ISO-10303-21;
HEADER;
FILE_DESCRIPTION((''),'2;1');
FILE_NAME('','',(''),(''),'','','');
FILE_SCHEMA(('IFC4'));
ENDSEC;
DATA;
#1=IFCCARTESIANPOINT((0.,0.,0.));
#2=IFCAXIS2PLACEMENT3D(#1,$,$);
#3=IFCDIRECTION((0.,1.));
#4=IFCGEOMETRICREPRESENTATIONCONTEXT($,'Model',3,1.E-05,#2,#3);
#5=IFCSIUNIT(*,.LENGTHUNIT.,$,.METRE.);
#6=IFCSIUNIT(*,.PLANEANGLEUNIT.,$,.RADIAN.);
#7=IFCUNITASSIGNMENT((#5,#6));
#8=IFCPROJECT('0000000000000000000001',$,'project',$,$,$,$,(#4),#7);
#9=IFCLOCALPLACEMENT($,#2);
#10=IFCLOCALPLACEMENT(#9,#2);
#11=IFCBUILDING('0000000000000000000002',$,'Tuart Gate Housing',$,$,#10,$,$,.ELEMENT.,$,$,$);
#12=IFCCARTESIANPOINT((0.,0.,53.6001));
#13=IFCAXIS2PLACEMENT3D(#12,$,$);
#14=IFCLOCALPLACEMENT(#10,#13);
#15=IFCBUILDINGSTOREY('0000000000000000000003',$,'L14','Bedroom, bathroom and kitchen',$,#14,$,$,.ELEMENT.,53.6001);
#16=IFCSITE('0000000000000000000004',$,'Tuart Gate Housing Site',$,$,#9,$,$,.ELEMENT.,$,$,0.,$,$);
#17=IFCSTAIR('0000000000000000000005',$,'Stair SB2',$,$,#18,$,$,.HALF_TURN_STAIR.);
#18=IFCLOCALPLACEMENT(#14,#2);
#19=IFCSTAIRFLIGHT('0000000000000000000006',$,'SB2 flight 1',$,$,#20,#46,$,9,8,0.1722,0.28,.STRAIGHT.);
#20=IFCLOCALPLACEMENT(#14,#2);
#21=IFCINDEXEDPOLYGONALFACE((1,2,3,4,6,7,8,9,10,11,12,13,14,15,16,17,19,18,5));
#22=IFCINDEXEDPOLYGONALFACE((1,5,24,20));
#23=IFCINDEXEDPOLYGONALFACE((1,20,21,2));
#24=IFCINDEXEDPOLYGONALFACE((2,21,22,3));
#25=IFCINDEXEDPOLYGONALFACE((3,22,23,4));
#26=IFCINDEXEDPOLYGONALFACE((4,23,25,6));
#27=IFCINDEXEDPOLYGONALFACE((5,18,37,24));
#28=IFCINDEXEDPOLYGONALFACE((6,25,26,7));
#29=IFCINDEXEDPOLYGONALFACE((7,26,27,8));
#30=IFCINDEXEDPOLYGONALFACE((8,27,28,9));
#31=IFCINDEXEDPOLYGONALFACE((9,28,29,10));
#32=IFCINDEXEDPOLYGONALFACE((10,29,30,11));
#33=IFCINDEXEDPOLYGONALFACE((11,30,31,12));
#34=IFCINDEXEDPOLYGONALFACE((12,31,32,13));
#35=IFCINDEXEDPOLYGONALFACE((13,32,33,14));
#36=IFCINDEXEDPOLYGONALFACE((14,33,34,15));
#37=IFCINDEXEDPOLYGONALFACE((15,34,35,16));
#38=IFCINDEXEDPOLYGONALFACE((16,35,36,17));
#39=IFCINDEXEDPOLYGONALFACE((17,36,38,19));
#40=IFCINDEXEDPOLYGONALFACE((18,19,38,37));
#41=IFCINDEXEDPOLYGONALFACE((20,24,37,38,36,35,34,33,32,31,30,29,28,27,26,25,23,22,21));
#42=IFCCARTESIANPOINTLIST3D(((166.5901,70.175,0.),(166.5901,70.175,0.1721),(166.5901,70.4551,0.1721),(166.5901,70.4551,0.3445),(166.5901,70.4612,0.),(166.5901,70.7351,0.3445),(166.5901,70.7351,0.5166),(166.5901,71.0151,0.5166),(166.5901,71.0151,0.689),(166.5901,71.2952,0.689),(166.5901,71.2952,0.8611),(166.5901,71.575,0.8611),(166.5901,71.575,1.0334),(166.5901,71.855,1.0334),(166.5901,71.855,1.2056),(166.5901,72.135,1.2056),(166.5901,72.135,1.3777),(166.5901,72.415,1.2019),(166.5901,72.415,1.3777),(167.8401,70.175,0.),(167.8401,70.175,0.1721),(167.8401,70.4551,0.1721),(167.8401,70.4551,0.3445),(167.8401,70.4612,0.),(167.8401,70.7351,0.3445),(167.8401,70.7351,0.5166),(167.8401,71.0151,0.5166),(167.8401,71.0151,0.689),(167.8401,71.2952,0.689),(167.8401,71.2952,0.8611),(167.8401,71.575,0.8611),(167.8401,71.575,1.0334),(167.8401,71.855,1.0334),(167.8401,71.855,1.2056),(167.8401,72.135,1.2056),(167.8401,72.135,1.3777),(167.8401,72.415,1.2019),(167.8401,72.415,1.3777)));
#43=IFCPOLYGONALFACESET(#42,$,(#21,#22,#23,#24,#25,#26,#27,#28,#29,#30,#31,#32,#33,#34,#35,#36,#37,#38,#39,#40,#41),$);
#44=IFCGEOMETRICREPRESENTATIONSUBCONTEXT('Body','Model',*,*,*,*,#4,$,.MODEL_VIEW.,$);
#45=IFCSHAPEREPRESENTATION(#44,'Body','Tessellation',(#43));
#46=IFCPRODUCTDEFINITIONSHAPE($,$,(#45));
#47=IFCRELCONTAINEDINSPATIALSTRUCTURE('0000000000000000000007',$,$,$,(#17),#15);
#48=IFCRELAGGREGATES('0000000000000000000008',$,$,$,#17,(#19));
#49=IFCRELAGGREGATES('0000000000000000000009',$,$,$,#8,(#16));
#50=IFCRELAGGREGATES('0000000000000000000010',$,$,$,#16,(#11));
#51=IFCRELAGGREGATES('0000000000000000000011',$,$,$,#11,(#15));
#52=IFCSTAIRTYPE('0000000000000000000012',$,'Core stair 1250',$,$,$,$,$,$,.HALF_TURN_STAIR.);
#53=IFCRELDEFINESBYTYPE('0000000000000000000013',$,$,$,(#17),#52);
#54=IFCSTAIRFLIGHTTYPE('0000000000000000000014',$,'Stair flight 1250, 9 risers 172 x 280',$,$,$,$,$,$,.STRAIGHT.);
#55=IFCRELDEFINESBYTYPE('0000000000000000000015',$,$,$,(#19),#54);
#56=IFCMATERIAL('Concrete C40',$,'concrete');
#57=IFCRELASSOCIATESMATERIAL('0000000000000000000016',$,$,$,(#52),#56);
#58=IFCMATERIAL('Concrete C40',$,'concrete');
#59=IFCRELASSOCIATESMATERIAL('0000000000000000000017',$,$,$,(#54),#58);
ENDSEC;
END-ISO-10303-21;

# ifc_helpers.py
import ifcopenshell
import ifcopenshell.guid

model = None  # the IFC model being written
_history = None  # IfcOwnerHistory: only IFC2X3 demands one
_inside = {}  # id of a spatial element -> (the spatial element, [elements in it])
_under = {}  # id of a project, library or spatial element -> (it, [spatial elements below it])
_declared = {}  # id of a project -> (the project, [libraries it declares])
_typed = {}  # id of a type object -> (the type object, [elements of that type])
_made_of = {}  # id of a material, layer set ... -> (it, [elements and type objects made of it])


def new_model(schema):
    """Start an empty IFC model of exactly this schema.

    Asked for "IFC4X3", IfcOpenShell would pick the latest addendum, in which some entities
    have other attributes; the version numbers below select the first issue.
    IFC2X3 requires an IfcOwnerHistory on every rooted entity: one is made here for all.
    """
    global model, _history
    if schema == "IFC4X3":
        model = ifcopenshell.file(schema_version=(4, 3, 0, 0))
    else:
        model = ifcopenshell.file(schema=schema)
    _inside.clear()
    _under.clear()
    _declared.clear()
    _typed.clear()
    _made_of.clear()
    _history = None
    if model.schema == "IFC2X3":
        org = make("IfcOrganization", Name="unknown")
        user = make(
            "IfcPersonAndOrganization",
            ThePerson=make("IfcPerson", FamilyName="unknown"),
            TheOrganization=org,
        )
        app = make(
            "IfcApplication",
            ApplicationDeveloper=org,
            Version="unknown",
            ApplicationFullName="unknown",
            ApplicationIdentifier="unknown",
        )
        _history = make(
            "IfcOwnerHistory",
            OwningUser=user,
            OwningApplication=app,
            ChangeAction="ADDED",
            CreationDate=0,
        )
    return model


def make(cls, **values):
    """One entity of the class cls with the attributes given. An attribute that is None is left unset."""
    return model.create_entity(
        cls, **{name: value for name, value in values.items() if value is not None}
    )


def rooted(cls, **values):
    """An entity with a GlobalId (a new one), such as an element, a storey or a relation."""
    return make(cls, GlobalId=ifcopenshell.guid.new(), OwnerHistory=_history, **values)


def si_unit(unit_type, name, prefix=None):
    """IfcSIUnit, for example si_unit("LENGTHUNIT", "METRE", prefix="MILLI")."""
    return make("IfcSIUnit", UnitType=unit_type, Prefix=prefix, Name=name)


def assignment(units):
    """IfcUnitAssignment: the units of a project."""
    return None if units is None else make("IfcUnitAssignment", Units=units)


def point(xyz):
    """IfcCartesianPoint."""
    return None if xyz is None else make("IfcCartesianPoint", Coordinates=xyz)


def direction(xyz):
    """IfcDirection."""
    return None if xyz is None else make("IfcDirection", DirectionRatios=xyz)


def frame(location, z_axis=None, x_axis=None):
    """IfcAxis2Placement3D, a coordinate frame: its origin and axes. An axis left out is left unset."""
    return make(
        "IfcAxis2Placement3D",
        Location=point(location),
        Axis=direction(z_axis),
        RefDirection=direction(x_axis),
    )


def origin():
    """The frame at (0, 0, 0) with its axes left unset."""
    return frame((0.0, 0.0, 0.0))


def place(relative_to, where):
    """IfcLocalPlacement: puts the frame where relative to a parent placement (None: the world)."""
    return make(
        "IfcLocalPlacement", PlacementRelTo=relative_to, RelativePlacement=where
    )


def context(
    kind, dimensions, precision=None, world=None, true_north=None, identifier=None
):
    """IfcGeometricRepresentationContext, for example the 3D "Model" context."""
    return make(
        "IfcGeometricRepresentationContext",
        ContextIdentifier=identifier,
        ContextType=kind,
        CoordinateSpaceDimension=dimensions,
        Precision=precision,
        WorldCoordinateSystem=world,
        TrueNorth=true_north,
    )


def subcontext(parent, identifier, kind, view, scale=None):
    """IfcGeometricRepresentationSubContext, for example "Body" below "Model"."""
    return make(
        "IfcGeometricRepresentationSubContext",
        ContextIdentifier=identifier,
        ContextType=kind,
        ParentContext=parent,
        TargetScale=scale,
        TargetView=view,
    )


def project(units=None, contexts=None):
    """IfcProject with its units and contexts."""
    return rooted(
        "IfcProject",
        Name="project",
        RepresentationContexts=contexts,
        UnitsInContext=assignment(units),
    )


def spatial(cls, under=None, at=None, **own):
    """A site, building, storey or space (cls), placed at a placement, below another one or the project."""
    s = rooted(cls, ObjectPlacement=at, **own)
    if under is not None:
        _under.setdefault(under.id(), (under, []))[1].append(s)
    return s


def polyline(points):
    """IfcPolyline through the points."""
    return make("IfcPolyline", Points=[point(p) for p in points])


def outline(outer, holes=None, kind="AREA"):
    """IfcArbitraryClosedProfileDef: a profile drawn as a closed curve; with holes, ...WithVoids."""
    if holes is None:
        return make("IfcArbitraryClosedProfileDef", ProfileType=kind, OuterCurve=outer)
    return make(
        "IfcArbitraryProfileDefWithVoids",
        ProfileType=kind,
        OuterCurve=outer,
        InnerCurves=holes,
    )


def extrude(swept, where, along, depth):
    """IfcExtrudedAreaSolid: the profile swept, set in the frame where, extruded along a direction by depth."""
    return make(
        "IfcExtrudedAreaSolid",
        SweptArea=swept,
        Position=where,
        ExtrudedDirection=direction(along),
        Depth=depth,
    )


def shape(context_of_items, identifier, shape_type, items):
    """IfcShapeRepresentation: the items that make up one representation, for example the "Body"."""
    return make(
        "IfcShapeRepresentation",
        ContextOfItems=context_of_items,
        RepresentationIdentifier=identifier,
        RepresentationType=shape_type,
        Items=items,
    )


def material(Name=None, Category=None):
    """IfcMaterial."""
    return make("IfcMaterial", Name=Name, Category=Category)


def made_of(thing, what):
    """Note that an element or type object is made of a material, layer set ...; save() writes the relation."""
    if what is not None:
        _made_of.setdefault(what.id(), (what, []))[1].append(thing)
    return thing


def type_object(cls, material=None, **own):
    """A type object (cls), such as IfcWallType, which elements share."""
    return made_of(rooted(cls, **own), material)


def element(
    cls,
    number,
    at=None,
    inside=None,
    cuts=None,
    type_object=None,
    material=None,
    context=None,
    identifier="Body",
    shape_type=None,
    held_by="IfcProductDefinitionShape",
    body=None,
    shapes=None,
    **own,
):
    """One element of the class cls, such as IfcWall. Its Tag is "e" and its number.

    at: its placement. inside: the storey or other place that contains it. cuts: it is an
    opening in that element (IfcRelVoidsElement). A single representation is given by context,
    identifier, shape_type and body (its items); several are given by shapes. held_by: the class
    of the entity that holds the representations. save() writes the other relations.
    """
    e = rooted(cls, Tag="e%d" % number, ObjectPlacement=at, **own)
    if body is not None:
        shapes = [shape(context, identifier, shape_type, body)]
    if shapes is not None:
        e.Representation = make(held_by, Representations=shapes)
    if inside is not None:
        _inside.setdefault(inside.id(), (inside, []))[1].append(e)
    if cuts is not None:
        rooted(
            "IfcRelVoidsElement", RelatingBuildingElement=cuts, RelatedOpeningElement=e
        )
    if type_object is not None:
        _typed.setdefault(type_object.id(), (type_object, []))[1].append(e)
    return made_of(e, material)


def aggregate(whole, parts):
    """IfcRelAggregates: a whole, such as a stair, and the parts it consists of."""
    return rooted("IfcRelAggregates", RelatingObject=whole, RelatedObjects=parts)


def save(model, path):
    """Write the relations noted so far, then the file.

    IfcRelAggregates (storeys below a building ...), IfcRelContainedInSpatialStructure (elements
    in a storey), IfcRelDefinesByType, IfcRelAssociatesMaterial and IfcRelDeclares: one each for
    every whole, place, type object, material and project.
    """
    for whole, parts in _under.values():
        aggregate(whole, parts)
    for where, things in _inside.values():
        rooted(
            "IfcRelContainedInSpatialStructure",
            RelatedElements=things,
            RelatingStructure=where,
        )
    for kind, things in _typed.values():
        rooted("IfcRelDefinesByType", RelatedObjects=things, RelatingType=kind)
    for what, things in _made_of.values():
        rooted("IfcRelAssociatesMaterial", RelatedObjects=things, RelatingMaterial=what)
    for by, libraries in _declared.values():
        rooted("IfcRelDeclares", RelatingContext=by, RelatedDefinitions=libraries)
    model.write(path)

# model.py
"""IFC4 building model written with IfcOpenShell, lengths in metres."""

from ifc_helpers import new_model, si_unit, direction, frame, origin, place, context, subcontext, project, spatial, polyline, outline, extrude, material, type_object, element, aggregate, save


model = new_model("IFC4")

# Units and contexts
model_context = context("Model", 3, precision=1e-05, world=origin(), true_north=direction((0.0, 1.0)))
body_context = subcontext(model_context, "Body", "Model", "MODEL_VIEW")
ifc_project = project(units=[si_unit("LENGTHUNIT", "METRE"), si_unit("PLANEANGLEUNIT", "RADIAN")], contexts=[model_context])

# Site, building, storey
site_placement = place(None, origin())
site = spatial("IfcSite", under=ifc_project, at=site_placement, Name="Tuart Gate Housing Site", CompositionType="ELEMENT", RefElevation=0.0)
building_placement = place(site_placement, origin())
building = spatial("IfcBuilding", under=site, at=building_placement, Name="Tuart Gate Housing", CompositionType="ELEMENT")
storey_placement = place(building_placement, frame((0.0, 0.0, 53.6001)))
storey = spatial("IfcBuildingStorey", under=building, at=storey_placement, Name="L14", Description="Bedroom, bathroom and kitchen", CompositionType="ELEMENT", Elevation=53.6001)

# Stair, stair flight
ifc_material_1 = material(Name="Concrete C40", Category="concrete")
stair_type = type_object("IfcStairType", Name="Core stair 1250", PredefinedType="HALF_TURN_STAIR", material=ifc_material_1)
stair_placement = place(storey_placement, origin())
stair = element("IfcStair", 1, at=stair_placement, inside=storey, type_object=stair_type, Name="Stair SB2", PredefinedType="HALF_TURN_STAIR")
ifc_material_2 = material(Name="Concrete C40", Category="concrete")
stair_flight_type = type_object("IfcStairFlightType", Name="Stair flight 1250, 9 risers 172 x 280", PredefinedType="STRAIGHT", material=ifc_material_2)
stair_flight_placement = place(storey_placement, frame((167.2151, 70.175, 0.0), z_axis=(0.0, 0.0, 1.0), x_axis=(0.0, 1.0, 0.0)))
stair_flight = element("IfcStairFlight", 2, at=stair_flight_placement, type_object=stair_flight_type, Name="SB2 flight 1", NumberOfRisers=9, NumberOfTreads=8, PredefinedType="STRAIGHT", RiserHeight=0.1722, TreadLength=0.28, context=body_context, shape_type="SweptSolid", body=[
    extrude(outline(polyline([(0.0, 0.0), (0.0, 0.1721), (0.28, 0.1721), (0.28, 0.3445), (0.5601, 0.3445), (0.5601, 0.5166), (0.8401, 0.5166), (0.8401, 0.689), (1.1201, 0.689), (1.1201, 0.8611), (1.3999, 0.8611), (1.3999, 1.0334), (1.6799, 1.0334), (1.6799, 1.2056), (1.96, 1.2056), (1.96, 1.3777), (2.24, 1.3777), (2.24, 1.55), (2.24, 1.2019), (0.2861, 0.0), (0.0, 0.0)])), frame((0.0, 0.625, 0.0), z_axis=(0.0, -1.0, 0.0), x_axis=(1.0, 0.0, 0.0)), (0.0, 0.0, 1.0), 1.25),
])
aggregate(stair, [stair_flight])

save(model, "model.ifc")
